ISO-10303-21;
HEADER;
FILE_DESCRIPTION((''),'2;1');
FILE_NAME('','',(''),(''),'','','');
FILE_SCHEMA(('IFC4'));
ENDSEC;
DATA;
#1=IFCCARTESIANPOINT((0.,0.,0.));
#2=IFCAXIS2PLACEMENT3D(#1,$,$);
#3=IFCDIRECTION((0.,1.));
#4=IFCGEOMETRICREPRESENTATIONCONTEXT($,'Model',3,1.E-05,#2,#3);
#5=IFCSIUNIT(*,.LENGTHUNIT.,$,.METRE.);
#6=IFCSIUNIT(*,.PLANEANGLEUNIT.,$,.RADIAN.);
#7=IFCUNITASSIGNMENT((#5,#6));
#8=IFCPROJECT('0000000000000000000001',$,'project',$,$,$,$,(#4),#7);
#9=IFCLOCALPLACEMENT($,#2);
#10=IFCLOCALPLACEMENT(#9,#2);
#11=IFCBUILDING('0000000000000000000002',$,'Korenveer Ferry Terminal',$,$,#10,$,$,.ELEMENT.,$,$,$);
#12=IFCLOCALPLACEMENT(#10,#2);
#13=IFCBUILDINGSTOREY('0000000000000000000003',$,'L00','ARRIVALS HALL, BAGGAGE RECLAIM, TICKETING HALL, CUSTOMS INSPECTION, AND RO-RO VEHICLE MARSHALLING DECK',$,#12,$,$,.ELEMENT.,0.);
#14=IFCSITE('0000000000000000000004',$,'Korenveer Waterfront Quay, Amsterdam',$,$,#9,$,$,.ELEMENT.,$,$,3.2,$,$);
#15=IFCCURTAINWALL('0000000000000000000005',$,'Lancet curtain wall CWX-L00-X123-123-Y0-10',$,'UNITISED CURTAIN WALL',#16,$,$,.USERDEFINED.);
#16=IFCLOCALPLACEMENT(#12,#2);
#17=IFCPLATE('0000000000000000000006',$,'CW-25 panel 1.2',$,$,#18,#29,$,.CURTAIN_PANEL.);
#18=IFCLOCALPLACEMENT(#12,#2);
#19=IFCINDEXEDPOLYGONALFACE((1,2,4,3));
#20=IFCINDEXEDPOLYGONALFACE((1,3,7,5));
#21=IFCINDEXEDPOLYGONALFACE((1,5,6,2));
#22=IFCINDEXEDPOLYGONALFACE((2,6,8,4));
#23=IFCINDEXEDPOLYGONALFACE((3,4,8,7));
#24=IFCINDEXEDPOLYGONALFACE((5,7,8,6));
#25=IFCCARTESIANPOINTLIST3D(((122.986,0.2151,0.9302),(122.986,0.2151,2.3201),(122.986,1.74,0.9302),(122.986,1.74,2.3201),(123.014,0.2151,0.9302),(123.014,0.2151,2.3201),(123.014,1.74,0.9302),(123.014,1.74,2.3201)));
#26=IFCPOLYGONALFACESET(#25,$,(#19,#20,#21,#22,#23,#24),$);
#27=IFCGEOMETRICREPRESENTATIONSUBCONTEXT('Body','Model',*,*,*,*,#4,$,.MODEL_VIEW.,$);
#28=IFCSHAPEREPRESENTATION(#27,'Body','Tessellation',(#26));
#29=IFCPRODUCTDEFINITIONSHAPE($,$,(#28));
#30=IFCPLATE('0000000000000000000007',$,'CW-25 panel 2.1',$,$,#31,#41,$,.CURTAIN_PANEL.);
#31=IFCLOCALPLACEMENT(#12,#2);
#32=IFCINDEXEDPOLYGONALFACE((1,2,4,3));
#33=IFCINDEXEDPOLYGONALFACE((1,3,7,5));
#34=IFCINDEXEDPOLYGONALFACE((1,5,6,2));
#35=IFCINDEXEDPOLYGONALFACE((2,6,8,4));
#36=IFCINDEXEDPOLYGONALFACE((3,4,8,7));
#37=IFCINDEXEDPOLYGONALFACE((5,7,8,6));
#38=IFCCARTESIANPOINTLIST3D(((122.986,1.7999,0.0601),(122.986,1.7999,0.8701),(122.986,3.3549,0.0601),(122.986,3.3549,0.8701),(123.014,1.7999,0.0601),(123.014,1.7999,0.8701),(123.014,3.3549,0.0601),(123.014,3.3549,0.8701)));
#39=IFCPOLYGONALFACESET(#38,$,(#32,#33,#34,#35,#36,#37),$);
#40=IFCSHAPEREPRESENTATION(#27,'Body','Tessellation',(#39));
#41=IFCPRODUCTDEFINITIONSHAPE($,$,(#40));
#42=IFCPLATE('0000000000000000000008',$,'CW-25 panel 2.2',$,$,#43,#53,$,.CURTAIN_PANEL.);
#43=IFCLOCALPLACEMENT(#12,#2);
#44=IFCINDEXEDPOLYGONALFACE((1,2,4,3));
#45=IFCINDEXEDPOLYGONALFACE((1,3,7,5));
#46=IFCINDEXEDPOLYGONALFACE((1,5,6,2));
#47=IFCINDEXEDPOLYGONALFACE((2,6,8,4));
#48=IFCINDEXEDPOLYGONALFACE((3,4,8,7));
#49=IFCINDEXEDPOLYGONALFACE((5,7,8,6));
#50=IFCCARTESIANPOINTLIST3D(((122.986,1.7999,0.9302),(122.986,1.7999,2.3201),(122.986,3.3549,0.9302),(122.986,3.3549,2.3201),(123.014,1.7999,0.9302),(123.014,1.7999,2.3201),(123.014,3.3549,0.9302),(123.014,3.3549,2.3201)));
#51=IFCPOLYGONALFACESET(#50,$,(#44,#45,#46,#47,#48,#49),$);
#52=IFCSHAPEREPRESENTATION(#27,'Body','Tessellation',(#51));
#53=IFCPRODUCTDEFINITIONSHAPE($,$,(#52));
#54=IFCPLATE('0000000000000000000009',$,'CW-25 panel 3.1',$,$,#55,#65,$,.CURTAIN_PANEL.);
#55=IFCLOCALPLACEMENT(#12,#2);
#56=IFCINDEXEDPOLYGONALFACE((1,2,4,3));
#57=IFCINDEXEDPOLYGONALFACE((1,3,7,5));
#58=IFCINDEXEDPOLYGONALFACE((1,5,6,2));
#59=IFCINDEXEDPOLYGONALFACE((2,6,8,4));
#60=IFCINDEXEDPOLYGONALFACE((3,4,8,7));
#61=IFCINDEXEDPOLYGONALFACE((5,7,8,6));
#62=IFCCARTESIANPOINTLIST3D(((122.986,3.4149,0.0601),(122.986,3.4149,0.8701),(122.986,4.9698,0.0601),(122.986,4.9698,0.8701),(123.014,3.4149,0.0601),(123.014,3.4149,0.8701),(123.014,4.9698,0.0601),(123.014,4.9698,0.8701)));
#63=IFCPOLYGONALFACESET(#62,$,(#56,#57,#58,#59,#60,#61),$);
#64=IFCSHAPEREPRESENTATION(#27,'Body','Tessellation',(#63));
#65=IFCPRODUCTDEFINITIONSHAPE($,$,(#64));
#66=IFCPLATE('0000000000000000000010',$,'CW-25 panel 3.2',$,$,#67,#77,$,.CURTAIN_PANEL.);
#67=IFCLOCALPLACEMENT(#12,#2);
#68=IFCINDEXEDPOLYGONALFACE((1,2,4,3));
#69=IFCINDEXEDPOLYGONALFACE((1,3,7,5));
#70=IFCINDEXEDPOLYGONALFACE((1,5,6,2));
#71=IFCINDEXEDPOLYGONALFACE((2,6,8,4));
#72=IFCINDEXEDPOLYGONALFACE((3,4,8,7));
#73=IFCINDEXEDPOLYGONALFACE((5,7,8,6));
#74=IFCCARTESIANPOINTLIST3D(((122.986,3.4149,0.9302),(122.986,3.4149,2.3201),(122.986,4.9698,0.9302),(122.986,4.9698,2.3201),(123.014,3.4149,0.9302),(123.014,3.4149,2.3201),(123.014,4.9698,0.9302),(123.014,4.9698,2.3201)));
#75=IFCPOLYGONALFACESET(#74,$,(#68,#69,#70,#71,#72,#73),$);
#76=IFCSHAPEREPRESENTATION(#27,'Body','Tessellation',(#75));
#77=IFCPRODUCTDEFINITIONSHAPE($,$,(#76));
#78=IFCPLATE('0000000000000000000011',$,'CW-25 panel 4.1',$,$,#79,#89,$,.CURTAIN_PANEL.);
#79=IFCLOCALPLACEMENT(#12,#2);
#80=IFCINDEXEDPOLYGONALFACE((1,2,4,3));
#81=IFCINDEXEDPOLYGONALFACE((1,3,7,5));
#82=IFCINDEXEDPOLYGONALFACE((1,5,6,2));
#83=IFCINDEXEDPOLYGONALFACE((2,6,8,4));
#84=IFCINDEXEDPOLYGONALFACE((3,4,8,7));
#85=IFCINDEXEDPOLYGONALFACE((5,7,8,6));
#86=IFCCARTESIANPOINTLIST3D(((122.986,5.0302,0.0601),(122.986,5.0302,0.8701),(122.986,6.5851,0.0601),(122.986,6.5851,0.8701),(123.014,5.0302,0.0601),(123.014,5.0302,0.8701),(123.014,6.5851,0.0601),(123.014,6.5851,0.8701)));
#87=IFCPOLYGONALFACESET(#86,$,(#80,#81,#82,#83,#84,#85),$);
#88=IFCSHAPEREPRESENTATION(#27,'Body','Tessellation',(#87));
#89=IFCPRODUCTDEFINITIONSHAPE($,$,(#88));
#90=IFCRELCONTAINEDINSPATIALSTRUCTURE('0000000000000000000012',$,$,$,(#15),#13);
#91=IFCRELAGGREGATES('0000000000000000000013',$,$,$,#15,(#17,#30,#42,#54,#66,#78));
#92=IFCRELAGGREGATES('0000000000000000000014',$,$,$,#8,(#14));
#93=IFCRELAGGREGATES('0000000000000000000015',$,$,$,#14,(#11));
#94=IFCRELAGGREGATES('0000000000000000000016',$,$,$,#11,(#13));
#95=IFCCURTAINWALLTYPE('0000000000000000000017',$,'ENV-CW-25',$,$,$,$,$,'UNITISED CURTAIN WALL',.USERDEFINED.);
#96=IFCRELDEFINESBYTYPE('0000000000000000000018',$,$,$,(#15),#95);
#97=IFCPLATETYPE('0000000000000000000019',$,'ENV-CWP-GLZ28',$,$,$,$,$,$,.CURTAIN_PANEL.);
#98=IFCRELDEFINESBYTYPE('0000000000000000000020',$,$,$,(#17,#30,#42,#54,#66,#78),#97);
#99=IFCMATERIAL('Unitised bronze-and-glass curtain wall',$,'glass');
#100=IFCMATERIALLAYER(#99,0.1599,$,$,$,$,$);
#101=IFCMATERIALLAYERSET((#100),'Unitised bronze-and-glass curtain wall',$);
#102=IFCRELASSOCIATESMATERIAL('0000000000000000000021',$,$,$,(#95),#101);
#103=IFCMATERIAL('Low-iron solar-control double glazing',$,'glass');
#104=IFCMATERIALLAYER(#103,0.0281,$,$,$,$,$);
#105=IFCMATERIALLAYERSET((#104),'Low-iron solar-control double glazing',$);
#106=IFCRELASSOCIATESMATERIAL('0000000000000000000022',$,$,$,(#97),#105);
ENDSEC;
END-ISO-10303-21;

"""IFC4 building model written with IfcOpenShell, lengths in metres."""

from ifc_helpers import new_model, si_unit, direction, frame, origin, origin_2d, place, context, subcontext, project, spatial, rectangle, extrude, material, layer, layer_set, type_object, element, aggregate, save


model = new_model("IFC4")

# Units and contexts
model_context = context("Model", 3, precision=1e-05, world=origin(), true_north=direction((0.0, 1.0)))
body_context = subcontext(model_context, "Body", "Model", "MODEL_VIEW")
ifc_project = project(units=[si_unit("LENGTHUNIT", "METRE"), si_unit("PLANEANGLEUNIT", "RADIAN")], contexts=[model_context])

# Site, building, storey
site_placement = place(None, origin())
site = spatial("IfcSite", under=ifc_project, at=site_placement, Name="Korenveer Waterfront Quay, Amsterdam", CompositionType="ELEMENT", RefElevation=3.2)
building_placement = place(site_placement, origin())
building = spatial("IfcBuilding", under=site, at=building_placement, Name="Korenveer Ferry Terminal", CompositionType="ELEMENT")
storey_placement = place(building_placement, origin())
storey = spatial("IfcBuildingStorey", under=building, at=storey_placement, Name="L00", Description="ARRIVALS HALL, BAGGAGE RECLAIM, TICKETING HALL, CUSTOMS INSPECTION, AND RO-RO VEHICLE MARSHALLING DECK", CompositionType="ELEMENT", Elevation=0.0)

# Curtain wall, plates
ifc_material_1 = material(Name="Unitised bronze-and-glass curtain wall", Category="glass")
ifc_layer_1 = layer(ifc_material_1, 0.1599)
ifc_layer_set_1 = layer_set([ifc_layer_1], Name="Unitised bronze-and-glass curtain wall")
curtain_wall_type = type_object("IfcCurtainWallType", Name="ENV-CW-25", ElementType="UNITISED CURTAIN WALL", PredefinedType="USERDEFINED", material=ifc_layer_set_1)
curtain_wall_placement = place(storey_placement, frame((123.0, 0.155, 0.0)))
curtain_wall = element("IfcCurtainWall", 1, at=curtain_wall_placement, inside=storey, type_object=curtain_wall_type, Name="Lancet curtain wall CWX-L00-X123-123-Y0-10", ObjectType="UNITISED CURTAIN WALL", PredefinedType="USERDEFINED")
ifc_material_2 = material(Name="Low-iron solar-control double glazing", Category="glass")
ifc_layer_2 = layer(ifc_material_2, 0.0281)
ifc_layer_set_2 = layer_set([ifc_layer_2], Name="Low-iron solar-control double glazing")
plate_type = type_object("IfcPlateType", Name="ENV-CWP-GLZ28", PredefinedType="CURTAIN_PANEL", material=ifc_layer_set_2)
plate_1_placement = place(storey_placement, frame((123.0, 0.9775, 0.9302), z_axis=(0.0, 0.0, 1.0), x_axis=(0.0, 1.0, 0.0)))
plate_1 = element("IfcPlate", 2, at=plate_1_placement, type_object=plate_type, Name="CW-25 panel 1.2", PredefinedType="CURTAIN_PANEL", context=body_context, shape_type="SweptSolid", body=[
    extrude(rectangle(XDim=1.5249, YDim=0.0281, at=origin_2d()), origin(), (0.0, 0.0, 1.0), 1.3899),
])
plate_2_placement = place(storey_placement, frame((123.0, 2.5774, 0.0601), z_axis=(0.0, 0.0, 1.0), x_axis=(0.0, 1.0, 0.0)))
plate_2 = element("IfcPlate", 3, at=plate_2_placement, type_object=plate_type, Name="CW-25 panel 2.1", PredefinedType="CURTAIN_PANEL", context=body_context, shape_type="SweptSolid", body=[
    extrude(rectangle(XDim=1.5549, YDim=0.0281, at=origin_2d()), origin(), (0.0, 0.0, 1.0), 0.8101),
])
plate_3_placement = place(storey_placement, frame((123.0, 2.5774, 0.9302), z_axis=(0.0, 0.0, 1.0), x_axis=(0.0, 1.0, 0.0)))
plate_3 = element("IfcPlate", 4, at=plate_3_placement, type_object=plate_type, Name="CW-25 panel 2.2", PredefinedType="CURTAIN_PANEL", context=body_context, shape_type="SweptSolid", body=[
    extrude(rectangle(XDim=1.5549, YDim=0.0281, at=origin_2d()), origin(), (0.0, 0.0, 1.0), 1.3899),
])
plate_4_placement = place(storey_placement, frame((123.0, 4.1924, 0.0601), z_axis=(0.0, 0.0, 1.0), x_axis=(0.0, 1.0, 0.0)))
plate_4 = element("IfcPlate", 5, at=plate_4_placement, type_object=plate_type, Name="CW-25 panel 3.1", PredefinedType="CURTAIN_PANEL", context=body_context, shape_type="SweptSolid", body=[
    extrude(rectangle(XDim=1.5549, YDim=0.0281, at=origin_2d()), origin(), (0.0, 0.0, 1.0), 0.8101),
])
plate_5_placement = place(storey_placement, frame((123.0, 4.1924, 0.9302), z_axis=(0.0, 0.0, 1.0), x_axis=(0.0, 1.0, 0.0)))
plate_5 = element("IfcPlate", 6, at=plate_5_placement, type_object=plate_type, Name="CW-25 panel 3.2", PredefinedType="CURTAIN_PANEL", context=body_context, shape_type="SweptSolid", body=[
    extrude(rectangle(XDim=1.5549, YDim=0.0281, at=origin_2d()), origin(), (0.0, 0.0, 1.0), 1.3899),
])
plate_6_placement = place(storey_placement, frame((123.0, 5.8076, 0.0601), z_axis=(0.0, 0.0, 1.0), x_axis=(0.0, 1.0, 0.0)))
plate_6 = element("IfcPlate", 7, at=plate_6_placement, type_object=plate_type, Name="CW-25 panel 4.1", PredefinedType="CURTAIN_PANEL", context=body_context, shape_type="SweptSolid", body=[
    extrude(rectangle(XDim=1.5549, YDim=0.0281, at=origin_2d()), origin(), (0.0, 0.0, 1.0), 0.8101),
])
aggregate(curtain_wall, [plate_1, plate_2, plate_3, plate_4, plate_5, plate_6])

save(model, "model.ifc")
